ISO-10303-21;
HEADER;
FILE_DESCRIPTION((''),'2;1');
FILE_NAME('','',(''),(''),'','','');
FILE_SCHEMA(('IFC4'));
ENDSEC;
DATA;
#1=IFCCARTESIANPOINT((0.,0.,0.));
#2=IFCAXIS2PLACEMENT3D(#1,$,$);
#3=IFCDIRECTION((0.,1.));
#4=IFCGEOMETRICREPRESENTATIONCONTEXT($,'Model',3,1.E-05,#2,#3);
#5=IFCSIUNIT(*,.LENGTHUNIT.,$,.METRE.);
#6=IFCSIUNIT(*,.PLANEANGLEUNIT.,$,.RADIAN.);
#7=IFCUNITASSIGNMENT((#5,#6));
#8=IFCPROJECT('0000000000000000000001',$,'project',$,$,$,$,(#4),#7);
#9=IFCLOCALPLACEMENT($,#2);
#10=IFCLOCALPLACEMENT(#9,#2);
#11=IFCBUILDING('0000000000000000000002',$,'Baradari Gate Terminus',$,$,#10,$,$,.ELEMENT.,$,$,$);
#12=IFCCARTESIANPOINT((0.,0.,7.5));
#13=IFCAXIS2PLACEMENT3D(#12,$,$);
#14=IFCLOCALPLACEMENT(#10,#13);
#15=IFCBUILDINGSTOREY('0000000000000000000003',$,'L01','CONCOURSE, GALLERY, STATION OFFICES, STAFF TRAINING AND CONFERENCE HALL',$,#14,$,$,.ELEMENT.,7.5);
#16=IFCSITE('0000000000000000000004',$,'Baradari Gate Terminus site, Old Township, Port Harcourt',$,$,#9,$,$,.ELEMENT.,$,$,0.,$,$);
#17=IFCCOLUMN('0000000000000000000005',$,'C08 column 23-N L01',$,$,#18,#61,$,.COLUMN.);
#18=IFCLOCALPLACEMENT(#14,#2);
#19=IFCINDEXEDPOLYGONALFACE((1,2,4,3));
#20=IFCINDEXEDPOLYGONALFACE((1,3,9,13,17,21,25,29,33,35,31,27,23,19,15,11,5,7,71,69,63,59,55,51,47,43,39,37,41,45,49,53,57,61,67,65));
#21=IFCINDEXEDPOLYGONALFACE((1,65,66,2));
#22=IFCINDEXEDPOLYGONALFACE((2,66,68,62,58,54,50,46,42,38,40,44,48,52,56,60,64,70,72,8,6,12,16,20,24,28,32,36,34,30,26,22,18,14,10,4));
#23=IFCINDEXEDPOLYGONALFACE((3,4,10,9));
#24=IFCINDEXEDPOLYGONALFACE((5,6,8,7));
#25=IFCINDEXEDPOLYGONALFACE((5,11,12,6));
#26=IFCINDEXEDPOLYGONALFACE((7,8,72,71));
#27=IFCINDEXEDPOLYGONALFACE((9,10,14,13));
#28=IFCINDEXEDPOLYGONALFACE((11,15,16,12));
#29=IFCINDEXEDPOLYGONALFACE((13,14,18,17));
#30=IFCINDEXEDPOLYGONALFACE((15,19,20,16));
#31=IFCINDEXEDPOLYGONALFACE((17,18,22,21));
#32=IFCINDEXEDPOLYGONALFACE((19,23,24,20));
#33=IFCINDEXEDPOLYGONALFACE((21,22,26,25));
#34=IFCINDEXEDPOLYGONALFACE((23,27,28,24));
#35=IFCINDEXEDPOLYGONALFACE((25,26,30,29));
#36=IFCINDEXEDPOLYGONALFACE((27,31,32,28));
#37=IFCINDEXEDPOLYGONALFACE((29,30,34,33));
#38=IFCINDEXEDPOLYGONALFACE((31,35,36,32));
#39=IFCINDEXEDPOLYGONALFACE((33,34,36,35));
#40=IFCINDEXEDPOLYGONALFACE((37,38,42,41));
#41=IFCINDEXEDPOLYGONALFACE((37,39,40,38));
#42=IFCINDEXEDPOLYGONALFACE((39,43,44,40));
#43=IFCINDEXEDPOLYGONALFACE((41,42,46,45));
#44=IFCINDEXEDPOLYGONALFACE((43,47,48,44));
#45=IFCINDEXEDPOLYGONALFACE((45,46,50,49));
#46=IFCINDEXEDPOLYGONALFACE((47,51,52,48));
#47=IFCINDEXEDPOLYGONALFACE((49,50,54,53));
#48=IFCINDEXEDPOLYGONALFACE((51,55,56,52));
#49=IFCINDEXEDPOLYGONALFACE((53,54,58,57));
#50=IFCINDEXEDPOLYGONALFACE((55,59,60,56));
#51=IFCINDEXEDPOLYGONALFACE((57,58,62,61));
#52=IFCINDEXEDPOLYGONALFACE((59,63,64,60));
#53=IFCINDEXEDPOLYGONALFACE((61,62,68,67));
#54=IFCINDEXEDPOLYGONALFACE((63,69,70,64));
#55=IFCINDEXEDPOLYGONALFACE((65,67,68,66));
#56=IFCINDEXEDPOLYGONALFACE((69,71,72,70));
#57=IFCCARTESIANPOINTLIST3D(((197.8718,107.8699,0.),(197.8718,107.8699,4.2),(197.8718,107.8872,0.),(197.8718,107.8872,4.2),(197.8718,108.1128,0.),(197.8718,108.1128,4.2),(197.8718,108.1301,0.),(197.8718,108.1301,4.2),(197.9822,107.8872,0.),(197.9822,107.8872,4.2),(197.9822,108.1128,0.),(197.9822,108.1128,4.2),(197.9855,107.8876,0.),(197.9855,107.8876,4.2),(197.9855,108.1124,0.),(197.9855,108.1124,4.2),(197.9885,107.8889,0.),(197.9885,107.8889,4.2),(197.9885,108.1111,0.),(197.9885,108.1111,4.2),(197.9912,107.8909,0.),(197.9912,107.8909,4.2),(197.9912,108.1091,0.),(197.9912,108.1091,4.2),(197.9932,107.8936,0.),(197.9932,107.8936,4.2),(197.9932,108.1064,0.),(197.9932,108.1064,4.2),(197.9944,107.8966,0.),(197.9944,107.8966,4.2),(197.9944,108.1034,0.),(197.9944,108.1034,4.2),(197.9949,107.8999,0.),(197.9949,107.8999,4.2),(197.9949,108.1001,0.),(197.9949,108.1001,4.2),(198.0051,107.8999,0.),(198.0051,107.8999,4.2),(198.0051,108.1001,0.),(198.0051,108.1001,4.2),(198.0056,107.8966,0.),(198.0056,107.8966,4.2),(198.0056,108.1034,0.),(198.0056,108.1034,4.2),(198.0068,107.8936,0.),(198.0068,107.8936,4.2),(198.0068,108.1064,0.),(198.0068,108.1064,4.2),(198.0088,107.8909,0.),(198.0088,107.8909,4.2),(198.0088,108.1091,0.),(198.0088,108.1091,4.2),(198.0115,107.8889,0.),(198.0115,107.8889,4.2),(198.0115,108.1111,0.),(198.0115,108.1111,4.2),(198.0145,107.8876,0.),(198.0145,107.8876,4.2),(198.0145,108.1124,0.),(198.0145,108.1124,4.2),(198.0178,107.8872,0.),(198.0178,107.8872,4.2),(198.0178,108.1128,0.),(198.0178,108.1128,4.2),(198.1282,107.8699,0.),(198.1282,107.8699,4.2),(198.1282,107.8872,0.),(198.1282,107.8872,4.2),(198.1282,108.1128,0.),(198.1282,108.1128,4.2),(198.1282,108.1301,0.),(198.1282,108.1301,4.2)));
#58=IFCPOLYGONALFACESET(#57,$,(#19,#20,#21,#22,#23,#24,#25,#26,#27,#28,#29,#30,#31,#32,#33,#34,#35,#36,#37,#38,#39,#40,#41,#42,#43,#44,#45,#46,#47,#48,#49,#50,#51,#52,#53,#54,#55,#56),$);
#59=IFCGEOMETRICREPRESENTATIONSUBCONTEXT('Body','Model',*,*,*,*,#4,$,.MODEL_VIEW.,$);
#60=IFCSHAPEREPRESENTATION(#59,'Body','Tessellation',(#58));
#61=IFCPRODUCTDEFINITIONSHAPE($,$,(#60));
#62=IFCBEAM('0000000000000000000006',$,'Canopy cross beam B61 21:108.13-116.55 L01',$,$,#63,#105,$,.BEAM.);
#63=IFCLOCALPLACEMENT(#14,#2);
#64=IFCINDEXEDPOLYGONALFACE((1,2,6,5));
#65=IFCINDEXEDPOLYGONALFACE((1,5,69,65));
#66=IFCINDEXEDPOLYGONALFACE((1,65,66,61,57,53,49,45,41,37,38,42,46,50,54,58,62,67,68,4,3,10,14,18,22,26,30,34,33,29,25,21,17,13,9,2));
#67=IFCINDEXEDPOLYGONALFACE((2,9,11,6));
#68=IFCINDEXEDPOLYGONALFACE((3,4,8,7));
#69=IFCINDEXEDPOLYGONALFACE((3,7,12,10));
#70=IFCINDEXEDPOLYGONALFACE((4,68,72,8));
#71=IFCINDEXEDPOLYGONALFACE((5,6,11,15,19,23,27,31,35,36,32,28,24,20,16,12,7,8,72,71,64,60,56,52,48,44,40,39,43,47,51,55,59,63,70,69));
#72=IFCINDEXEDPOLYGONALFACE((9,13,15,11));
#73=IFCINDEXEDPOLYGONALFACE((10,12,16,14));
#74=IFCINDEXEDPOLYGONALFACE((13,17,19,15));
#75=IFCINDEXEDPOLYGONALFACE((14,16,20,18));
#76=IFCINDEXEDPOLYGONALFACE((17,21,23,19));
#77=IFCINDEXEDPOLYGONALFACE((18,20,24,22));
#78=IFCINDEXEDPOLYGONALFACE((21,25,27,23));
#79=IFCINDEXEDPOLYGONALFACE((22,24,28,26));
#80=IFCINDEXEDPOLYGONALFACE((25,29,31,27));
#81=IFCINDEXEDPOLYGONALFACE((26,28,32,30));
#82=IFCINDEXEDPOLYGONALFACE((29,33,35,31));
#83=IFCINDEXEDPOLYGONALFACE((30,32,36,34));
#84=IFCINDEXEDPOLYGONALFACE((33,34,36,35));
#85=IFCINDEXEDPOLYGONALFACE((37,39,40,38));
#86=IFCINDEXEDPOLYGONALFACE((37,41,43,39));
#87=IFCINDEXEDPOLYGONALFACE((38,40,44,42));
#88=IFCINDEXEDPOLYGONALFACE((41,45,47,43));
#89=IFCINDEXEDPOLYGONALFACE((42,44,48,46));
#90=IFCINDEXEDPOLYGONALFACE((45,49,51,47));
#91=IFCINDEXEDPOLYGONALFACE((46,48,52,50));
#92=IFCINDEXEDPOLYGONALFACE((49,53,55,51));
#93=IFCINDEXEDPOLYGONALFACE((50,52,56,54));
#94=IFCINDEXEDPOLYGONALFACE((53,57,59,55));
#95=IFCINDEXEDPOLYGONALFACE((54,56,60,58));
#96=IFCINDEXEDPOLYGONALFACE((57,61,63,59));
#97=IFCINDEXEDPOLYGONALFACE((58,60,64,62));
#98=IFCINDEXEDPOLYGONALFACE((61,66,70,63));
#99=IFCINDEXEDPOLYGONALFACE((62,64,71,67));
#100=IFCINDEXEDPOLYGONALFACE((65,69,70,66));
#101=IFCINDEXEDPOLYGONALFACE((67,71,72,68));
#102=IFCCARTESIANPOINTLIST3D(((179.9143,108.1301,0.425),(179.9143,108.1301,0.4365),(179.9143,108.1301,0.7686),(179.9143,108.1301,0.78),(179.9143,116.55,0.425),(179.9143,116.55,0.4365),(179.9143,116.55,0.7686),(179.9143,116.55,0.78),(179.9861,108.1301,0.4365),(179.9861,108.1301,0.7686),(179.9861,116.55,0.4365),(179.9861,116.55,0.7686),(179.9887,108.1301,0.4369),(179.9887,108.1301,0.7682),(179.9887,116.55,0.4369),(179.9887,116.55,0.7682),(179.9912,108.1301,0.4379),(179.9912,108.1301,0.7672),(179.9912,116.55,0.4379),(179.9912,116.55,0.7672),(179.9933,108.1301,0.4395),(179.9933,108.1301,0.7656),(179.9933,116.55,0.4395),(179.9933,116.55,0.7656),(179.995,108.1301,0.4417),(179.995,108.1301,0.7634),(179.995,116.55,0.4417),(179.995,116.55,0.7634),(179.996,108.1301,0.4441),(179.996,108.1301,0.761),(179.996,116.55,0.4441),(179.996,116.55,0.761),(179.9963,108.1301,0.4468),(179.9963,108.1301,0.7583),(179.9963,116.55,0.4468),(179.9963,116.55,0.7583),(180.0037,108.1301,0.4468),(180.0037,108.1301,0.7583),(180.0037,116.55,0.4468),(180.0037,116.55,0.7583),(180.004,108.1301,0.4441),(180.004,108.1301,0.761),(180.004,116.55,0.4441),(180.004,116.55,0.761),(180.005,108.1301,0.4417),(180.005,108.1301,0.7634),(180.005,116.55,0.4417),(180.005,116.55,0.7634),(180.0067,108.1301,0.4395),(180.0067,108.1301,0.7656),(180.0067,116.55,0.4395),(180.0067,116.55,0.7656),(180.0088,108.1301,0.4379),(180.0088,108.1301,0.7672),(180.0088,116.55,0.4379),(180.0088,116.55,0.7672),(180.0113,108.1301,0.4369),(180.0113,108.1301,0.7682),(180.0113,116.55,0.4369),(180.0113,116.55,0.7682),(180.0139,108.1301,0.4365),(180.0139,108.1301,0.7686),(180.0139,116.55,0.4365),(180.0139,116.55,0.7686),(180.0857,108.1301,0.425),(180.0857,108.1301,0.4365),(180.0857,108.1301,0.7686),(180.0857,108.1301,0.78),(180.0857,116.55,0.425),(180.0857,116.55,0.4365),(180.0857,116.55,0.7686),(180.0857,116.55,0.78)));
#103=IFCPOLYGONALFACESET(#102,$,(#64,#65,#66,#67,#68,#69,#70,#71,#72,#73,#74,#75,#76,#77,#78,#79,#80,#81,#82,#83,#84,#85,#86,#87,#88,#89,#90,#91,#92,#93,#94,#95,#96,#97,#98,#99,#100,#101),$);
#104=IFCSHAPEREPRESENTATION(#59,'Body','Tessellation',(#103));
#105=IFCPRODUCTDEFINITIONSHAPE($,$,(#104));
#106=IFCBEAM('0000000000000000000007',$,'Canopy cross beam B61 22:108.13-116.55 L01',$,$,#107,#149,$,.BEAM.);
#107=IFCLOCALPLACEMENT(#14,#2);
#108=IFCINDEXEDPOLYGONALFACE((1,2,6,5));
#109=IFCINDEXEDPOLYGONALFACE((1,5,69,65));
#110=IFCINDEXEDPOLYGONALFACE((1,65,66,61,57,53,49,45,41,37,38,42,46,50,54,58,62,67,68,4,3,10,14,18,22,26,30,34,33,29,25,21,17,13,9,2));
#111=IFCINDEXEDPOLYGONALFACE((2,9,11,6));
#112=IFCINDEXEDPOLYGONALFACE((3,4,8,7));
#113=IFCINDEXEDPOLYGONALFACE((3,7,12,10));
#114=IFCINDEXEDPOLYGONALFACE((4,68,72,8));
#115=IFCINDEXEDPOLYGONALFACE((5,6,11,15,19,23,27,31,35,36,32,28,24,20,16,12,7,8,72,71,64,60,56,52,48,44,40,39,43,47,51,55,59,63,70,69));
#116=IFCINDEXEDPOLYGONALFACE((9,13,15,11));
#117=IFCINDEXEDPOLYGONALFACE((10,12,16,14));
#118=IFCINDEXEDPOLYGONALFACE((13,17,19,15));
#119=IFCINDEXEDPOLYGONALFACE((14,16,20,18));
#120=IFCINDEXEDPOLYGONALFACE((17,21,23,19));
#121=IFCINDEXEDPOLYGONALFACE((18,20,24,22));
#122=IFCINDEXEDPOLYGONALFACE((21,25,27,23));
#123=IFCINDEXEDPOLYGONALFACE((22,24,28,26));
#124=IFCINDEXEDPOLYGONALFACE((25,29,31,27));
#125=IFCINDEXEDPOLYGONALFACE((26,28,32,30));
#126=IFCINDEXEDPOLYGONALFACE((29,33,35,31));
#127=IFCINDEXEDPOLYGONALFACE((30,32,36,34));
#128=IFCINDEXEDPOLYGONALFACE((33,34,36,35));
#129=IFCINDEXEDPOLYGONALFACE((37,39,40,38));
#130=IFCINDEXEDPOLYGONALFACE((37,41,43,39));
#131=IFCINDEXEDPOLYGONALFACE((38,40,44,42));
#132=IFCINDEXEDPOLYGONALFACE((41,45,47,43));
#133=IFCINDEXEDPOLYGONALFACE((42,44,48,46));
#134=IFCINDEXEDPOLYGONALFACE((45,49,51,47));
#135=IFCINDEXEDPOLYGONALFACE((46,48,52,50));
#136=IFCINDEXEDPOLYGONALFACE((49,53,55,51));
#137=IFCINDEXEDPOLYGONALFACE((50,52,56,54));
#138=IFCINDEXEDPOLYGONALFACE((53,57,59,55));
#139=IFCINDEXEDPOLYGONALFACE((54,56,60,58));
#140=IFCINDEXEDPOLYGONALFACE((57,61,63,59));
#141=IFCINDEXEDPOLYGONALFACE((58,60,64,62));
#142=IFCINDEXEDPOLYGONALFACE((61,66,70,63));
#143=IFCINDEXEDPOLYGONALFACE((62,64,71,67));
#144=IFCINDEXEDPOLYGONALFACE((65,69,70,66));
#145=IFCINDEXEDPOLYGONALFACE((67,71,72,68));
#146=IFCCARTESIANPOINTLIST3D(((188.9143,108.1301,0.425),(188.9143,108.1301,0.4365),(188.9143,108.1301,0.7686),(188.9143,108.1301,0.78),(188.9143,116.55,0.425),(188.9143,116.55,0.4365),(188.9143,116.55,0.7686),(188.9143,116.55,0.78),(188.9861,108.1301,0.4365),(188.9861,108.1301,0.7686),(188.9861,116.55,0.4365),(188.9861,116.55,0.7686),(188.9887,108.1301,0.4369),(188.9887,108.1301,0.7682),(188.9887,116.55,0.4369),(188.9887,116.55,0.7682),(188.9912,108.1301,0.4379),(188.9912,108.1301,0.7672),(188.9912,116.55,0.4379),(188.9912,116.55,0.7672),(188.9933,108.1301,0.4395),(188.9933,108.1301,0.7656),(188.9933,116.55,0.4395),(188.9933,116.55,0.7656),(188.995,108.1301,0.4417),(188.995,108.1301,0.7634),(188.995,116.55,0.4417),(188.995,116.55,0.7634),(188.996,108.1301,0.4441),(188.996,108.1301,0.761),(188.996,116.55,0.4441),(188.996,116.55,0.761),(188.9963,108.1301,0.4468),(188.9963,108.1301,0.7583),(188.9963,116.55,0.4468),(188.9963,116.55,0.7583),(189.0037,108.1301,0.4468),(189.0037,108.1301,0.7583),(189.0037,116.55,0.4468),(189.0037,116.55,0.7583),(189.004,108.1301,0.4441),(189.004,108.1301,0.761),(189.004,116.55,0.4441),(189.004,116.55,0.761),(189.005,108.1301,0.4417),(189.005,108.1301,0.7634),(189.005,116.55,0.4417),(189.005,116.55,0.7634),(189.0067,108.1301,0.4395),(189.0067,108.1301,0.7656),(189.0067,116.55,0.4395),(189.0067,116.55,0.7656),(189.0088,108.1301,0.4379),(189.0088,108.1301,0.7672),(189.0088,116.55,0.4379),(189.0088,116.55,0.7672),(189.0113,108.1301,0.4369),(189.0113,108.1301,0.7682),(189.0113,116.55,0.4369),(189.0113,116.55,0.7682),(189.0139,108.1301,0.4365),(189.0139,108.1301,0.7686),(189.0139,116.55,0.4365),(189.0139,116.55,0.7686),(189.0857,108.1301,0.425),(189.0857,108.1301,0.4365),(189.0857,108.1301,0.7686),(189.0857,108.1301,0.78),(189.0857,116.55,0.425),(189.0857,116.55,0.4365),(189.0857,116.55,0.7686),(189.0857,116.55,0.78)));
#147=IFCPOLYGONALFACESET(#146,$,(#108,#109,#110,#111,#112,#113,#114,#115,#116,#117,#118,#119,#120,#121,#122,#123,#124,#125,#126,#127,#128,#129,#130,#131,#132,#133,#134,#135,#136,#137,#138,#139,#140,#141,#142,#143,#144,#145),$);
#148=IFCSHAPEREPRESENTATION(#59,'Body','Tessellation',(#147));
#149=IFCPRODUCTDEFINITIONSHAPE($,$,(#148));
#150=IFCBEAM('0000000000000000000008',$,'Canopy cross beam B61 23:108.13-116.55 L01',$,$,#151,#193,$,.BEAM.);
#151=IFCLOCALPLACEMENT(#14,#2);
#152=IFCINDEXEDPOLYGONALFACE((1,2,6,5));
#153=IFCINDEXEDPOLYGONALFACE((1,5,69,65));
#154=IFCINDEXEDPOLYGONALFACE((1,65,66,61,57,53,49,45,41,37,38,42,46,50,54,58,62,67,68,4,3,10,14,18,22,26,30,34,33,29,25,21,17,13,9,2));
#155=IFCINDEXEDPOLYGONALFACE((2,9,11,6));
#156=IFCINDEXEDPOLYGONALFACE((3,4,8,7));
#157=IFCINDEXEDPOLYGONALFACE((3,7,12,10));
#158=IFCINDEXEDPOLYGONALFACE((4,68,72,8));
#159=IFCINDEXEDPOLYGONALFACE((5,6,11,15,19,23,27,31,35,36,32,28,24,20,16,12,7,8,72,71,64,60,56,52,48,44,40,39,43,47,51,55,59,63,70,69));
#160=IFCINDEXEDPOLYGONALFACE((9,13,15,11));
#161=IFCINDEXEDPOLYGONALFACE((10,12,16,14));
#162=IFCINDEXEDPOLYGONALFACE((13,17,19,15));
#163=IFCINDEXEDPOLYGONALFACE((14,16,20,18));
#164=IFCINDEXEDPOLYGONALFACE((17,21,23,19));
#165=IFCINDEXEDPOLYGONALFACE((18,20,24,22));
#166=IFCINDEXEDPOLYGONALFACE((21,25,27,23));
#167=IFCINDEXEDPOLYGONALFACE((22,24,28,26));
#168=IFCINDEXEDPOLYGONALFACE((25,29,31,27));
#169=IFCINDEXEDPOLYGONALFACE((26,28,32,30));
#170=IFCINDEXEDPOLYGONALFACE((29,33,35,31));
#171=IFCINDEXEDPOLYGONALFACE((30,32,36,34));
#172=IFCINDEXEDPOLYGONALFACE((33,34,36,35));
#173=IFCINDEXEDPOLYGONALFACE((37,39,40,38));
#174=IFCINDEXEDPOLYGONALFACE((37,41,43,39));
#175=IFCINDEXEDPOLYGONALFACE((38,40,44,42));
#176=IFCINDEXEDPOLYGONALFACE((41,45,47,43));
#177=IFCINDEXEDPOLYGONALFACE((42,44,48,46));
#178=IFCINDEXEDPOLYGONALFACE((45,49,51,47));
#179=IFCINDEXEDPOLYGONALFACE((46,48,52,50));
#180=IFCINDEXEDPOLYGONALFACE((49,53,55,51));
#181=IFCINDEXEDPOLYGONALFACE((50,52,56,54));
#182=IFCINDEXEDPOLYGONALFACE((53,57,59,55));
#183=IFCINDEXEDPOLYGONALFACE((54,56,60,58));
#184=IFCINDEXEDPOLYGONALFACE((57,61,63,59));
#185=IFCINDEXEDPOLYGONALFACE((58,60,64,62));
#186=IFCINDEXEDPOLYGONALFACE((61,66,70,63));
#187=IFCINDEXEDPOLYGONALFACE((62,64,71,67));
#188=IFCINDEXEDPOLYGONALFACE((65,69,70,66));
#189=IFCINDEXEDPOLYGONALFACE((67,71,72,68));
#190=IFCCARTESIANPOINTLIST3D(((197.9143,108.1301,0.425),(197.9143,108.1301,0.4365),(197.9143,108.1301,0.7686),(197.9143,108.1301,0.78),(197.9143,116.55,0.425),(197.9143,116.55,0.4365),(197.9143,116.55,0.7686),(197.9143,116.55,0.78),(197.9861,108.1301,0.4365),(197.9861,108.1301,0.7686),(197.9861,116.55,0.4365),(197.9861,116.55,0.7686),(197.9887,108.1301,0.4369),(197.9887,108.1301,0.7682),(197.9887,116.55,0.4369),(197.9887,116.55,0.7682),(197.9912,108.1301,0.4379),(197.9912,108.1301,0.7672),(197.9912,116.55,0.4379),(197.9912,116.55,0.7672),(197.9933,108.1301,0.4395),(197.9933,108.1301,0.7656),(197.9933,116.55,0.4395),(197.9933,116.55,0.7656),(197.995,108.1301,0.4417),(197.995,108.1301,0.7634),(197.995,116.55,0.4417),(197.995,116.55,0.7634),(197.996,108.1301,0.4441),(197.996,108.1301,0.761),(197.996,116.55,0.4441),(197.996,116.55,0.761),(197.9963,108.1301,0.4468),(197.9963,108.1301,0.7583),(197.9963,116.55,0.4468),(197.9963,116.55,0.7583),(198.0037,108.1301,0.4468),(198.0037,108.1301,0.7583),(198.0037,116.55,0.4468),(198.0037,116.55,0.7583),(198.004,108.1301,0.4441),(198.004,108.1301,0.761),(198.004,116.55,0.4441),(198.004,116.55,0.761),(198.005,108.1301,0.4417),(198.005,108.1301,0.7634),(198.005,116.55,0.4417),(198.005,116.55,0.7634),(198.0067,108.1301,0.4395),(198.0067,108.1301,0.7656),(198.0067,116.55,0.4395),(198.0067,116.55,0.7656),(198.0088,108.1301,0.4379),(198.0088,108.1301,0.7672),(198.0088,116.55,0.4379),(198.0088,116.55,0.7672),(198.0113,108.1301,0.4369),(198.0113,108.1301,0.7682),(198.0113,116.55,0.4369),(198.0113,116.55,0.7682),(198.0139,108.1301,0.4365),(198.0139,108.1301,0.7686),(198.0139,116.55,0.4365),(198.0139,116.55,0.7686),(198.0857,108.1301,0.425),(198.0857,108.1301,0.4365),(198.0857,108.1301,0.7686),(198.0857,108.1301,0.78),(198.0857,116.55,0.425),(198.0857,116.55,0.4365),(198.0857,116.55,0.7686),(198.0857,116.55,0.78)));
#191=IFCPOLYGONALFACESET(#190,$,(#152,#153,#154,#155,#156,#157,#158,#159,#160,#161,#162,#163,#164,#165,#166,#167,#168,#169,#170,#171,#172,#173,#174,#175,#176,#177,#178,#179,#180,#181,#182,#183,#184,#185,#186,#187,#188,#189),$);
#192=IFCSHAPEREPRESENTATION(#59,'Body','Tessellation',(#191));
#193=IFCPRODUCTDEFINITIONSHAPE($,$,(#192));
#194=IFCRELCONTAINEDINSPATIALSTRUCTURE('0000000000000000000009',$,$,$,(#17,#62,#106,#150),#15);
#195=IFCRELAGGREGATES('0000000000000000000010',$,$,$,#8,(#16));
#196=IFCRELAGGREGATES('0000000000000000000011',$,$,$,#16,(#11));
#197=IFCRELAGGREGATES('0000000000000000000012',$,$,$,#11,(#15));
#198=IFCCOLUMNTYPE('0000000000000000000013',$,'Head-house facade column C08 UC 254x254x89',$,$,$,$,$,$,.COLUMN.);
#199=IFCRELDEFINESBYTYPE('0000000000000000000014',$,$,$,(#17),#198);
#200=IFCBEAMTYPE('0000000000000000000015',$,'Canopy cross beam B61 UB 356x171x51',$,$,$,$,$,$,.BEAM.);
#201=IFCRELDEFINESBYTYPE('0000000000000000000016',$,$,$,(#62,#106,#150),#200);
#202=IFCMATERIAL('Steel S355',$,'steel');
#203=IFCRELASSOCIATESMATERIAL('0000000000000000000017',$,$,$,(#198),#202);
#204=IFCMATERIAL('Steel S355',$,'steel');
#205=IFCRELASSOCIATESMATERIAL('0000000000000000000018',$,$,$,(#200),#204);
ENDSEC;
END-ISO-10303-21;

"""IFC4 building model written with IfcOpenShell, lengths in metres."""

from ifc_helpers import new_model, si_unit, direction, frame, origin, origin_2d, place, context, subcontext, project, spatial, i_section, extrude, material, material_profile, profile_set, type_object, element, save


model = new_model("IFC4")

# Units and contexts
model_context = context("Model", 3, precision=1e-05, world=origin(), true_north=direction((0.0, 1.0)))
body_context = subcontext(model_context, "Body", "Model", "MODEL_VIEW")
ifc_project = project(units=[si_unit("LENGTHUNIT", "METRE"), si_unit("PLANEANGLEUNIT", "RADIAN")], contexts=[model_context])

# Site, building, storey
site_placement = place(None, origin())
site = spatial("IfcSite", under=ifc_project, at=site_placement, Name="Baradari Gate Terminus site, Old Township, Port Harcourt", CompositionType="ELEMENT", RefElevation=0.0)
building_placement = place(site_placement, origin())
building = spatial("IfcBuilding", under=site, at=building_placement, Name="Baradari Gate Terminus", CompositionType="ELEMENT")
storey_placement = place(building_placement, frame((0.0, 0.0, 7.5)))
storey = spatial("IfcBuildingStorey", under=building, at=storey_placement, Name="L01", Description="CONCOURSE, GALLERY, STATION OFFICES, STAFF TRAINING AND CONFERENCE HALL", CompositionType="ELEMENT", Elevation=7.5)

# Column
ifc_material_1 = material(Name="Steel S355", Category="steel")
ifc_material_profile_1 = material_profile(ifc_material_1, i_section(OverallWidth=0.2563, OverallDepth=0.2603, WebThickness=0.0103, FlangeThickness=0.0173, FilletRadius=0.0127, at=origin_2d()), Name="UC 254x254x89")
ifc_profile_set_1 = profile_set([ifc_material_profile_1], Name="Steel S355")
column_type = type_object("IfcColumnType", Name="Head-house facade column C08 UC 254x254x89", PredefinedType="COLUMN", material=ifc_profile_set_1)
column_placement = place(storey_placement, frame((198.0, 108.0, 0.0), z_axis=(0.0, 0.0, 1.0), x_axis=(1.0, 0.0, 0.0)))
element("IfcColumn", 1, at=column_placement, inside=storey, type_object=column_type, Name="C08 column 23-N L01", PredefinedType="COLUMN", context=body_context, shape_type="SweptSolid", body=[
    extrude(i_section(OverallWidth=0.2563, OverallDepth=0.2603, WebThickness=0.0103, FlangeThickness=0.0173, FilletRadius=0.0127, at=origin_2d()), origin(), (0.0, 0.0, 1.0), 4.2),
])

# Beams
ifc_material_2 = material(Name="Steel S355", Category="steel")
ifc_material_profile_2 = material_profile(ifc_material_2, i_section(OverallWidth=0.1714, OverallDepth=0.355, WebThickness=0.0073, FlangeThickness=0.0115, FilletRadius=0.0103, at=origin_2d()), Name="UB 356x171x51")
ifc_profile_set_2 = profile_set([ifc_material_profile_2], Name="Steel S355")
beam_type_1 = type_object("IfcBeamType", Name="Canopy cross beam B61 UB 356x171x51", PredefinedType="BEAM", material=ifc_profile_set_2)
for number, where, z_axis, x_axis, name in (
    (2, (180.0, 108.1301, 0.6025), (0.0, 1.0, 0.0), (-1.0, 0.0, 0.0), "Canopy cross beam B61 21:108.13-116.55 L01"),
    (3, (189.0, 108.1301, 0.6025), (0.0, 1.0, 0.0), (-1.0, 0.0, 0.0), "Canopy cross beam B61 22:108.13-116.55 L01"),
    (4, (198.0, 108.1301, 0.6025), (0.0, 1.0, 0.0), (-1.0, 0.0, 0.0), "Canopy cross beam B61 23:108.13-116.55 L01"),
):
    element("IfcBeam", number, at=place(storey_placement, frame(where, z_axis=z_axis, x_axis=x_axis)), inside=storey, type_object=beam_type_1, Name=name, PredefinedType="BEAM", context=body_context, shape_type="SweptSolid", body=[
        extrude(i_section(OverallWidth=0.1714, OverallDepth=0.355, WebThickness=0.0073, FlangeThickness=0.0115, FilletRadius=0.0103, at=origin_2d()), origin(), (0.0, 0.0, 1.0), 8.4199),
    ])

save(model, "model.ifc")
